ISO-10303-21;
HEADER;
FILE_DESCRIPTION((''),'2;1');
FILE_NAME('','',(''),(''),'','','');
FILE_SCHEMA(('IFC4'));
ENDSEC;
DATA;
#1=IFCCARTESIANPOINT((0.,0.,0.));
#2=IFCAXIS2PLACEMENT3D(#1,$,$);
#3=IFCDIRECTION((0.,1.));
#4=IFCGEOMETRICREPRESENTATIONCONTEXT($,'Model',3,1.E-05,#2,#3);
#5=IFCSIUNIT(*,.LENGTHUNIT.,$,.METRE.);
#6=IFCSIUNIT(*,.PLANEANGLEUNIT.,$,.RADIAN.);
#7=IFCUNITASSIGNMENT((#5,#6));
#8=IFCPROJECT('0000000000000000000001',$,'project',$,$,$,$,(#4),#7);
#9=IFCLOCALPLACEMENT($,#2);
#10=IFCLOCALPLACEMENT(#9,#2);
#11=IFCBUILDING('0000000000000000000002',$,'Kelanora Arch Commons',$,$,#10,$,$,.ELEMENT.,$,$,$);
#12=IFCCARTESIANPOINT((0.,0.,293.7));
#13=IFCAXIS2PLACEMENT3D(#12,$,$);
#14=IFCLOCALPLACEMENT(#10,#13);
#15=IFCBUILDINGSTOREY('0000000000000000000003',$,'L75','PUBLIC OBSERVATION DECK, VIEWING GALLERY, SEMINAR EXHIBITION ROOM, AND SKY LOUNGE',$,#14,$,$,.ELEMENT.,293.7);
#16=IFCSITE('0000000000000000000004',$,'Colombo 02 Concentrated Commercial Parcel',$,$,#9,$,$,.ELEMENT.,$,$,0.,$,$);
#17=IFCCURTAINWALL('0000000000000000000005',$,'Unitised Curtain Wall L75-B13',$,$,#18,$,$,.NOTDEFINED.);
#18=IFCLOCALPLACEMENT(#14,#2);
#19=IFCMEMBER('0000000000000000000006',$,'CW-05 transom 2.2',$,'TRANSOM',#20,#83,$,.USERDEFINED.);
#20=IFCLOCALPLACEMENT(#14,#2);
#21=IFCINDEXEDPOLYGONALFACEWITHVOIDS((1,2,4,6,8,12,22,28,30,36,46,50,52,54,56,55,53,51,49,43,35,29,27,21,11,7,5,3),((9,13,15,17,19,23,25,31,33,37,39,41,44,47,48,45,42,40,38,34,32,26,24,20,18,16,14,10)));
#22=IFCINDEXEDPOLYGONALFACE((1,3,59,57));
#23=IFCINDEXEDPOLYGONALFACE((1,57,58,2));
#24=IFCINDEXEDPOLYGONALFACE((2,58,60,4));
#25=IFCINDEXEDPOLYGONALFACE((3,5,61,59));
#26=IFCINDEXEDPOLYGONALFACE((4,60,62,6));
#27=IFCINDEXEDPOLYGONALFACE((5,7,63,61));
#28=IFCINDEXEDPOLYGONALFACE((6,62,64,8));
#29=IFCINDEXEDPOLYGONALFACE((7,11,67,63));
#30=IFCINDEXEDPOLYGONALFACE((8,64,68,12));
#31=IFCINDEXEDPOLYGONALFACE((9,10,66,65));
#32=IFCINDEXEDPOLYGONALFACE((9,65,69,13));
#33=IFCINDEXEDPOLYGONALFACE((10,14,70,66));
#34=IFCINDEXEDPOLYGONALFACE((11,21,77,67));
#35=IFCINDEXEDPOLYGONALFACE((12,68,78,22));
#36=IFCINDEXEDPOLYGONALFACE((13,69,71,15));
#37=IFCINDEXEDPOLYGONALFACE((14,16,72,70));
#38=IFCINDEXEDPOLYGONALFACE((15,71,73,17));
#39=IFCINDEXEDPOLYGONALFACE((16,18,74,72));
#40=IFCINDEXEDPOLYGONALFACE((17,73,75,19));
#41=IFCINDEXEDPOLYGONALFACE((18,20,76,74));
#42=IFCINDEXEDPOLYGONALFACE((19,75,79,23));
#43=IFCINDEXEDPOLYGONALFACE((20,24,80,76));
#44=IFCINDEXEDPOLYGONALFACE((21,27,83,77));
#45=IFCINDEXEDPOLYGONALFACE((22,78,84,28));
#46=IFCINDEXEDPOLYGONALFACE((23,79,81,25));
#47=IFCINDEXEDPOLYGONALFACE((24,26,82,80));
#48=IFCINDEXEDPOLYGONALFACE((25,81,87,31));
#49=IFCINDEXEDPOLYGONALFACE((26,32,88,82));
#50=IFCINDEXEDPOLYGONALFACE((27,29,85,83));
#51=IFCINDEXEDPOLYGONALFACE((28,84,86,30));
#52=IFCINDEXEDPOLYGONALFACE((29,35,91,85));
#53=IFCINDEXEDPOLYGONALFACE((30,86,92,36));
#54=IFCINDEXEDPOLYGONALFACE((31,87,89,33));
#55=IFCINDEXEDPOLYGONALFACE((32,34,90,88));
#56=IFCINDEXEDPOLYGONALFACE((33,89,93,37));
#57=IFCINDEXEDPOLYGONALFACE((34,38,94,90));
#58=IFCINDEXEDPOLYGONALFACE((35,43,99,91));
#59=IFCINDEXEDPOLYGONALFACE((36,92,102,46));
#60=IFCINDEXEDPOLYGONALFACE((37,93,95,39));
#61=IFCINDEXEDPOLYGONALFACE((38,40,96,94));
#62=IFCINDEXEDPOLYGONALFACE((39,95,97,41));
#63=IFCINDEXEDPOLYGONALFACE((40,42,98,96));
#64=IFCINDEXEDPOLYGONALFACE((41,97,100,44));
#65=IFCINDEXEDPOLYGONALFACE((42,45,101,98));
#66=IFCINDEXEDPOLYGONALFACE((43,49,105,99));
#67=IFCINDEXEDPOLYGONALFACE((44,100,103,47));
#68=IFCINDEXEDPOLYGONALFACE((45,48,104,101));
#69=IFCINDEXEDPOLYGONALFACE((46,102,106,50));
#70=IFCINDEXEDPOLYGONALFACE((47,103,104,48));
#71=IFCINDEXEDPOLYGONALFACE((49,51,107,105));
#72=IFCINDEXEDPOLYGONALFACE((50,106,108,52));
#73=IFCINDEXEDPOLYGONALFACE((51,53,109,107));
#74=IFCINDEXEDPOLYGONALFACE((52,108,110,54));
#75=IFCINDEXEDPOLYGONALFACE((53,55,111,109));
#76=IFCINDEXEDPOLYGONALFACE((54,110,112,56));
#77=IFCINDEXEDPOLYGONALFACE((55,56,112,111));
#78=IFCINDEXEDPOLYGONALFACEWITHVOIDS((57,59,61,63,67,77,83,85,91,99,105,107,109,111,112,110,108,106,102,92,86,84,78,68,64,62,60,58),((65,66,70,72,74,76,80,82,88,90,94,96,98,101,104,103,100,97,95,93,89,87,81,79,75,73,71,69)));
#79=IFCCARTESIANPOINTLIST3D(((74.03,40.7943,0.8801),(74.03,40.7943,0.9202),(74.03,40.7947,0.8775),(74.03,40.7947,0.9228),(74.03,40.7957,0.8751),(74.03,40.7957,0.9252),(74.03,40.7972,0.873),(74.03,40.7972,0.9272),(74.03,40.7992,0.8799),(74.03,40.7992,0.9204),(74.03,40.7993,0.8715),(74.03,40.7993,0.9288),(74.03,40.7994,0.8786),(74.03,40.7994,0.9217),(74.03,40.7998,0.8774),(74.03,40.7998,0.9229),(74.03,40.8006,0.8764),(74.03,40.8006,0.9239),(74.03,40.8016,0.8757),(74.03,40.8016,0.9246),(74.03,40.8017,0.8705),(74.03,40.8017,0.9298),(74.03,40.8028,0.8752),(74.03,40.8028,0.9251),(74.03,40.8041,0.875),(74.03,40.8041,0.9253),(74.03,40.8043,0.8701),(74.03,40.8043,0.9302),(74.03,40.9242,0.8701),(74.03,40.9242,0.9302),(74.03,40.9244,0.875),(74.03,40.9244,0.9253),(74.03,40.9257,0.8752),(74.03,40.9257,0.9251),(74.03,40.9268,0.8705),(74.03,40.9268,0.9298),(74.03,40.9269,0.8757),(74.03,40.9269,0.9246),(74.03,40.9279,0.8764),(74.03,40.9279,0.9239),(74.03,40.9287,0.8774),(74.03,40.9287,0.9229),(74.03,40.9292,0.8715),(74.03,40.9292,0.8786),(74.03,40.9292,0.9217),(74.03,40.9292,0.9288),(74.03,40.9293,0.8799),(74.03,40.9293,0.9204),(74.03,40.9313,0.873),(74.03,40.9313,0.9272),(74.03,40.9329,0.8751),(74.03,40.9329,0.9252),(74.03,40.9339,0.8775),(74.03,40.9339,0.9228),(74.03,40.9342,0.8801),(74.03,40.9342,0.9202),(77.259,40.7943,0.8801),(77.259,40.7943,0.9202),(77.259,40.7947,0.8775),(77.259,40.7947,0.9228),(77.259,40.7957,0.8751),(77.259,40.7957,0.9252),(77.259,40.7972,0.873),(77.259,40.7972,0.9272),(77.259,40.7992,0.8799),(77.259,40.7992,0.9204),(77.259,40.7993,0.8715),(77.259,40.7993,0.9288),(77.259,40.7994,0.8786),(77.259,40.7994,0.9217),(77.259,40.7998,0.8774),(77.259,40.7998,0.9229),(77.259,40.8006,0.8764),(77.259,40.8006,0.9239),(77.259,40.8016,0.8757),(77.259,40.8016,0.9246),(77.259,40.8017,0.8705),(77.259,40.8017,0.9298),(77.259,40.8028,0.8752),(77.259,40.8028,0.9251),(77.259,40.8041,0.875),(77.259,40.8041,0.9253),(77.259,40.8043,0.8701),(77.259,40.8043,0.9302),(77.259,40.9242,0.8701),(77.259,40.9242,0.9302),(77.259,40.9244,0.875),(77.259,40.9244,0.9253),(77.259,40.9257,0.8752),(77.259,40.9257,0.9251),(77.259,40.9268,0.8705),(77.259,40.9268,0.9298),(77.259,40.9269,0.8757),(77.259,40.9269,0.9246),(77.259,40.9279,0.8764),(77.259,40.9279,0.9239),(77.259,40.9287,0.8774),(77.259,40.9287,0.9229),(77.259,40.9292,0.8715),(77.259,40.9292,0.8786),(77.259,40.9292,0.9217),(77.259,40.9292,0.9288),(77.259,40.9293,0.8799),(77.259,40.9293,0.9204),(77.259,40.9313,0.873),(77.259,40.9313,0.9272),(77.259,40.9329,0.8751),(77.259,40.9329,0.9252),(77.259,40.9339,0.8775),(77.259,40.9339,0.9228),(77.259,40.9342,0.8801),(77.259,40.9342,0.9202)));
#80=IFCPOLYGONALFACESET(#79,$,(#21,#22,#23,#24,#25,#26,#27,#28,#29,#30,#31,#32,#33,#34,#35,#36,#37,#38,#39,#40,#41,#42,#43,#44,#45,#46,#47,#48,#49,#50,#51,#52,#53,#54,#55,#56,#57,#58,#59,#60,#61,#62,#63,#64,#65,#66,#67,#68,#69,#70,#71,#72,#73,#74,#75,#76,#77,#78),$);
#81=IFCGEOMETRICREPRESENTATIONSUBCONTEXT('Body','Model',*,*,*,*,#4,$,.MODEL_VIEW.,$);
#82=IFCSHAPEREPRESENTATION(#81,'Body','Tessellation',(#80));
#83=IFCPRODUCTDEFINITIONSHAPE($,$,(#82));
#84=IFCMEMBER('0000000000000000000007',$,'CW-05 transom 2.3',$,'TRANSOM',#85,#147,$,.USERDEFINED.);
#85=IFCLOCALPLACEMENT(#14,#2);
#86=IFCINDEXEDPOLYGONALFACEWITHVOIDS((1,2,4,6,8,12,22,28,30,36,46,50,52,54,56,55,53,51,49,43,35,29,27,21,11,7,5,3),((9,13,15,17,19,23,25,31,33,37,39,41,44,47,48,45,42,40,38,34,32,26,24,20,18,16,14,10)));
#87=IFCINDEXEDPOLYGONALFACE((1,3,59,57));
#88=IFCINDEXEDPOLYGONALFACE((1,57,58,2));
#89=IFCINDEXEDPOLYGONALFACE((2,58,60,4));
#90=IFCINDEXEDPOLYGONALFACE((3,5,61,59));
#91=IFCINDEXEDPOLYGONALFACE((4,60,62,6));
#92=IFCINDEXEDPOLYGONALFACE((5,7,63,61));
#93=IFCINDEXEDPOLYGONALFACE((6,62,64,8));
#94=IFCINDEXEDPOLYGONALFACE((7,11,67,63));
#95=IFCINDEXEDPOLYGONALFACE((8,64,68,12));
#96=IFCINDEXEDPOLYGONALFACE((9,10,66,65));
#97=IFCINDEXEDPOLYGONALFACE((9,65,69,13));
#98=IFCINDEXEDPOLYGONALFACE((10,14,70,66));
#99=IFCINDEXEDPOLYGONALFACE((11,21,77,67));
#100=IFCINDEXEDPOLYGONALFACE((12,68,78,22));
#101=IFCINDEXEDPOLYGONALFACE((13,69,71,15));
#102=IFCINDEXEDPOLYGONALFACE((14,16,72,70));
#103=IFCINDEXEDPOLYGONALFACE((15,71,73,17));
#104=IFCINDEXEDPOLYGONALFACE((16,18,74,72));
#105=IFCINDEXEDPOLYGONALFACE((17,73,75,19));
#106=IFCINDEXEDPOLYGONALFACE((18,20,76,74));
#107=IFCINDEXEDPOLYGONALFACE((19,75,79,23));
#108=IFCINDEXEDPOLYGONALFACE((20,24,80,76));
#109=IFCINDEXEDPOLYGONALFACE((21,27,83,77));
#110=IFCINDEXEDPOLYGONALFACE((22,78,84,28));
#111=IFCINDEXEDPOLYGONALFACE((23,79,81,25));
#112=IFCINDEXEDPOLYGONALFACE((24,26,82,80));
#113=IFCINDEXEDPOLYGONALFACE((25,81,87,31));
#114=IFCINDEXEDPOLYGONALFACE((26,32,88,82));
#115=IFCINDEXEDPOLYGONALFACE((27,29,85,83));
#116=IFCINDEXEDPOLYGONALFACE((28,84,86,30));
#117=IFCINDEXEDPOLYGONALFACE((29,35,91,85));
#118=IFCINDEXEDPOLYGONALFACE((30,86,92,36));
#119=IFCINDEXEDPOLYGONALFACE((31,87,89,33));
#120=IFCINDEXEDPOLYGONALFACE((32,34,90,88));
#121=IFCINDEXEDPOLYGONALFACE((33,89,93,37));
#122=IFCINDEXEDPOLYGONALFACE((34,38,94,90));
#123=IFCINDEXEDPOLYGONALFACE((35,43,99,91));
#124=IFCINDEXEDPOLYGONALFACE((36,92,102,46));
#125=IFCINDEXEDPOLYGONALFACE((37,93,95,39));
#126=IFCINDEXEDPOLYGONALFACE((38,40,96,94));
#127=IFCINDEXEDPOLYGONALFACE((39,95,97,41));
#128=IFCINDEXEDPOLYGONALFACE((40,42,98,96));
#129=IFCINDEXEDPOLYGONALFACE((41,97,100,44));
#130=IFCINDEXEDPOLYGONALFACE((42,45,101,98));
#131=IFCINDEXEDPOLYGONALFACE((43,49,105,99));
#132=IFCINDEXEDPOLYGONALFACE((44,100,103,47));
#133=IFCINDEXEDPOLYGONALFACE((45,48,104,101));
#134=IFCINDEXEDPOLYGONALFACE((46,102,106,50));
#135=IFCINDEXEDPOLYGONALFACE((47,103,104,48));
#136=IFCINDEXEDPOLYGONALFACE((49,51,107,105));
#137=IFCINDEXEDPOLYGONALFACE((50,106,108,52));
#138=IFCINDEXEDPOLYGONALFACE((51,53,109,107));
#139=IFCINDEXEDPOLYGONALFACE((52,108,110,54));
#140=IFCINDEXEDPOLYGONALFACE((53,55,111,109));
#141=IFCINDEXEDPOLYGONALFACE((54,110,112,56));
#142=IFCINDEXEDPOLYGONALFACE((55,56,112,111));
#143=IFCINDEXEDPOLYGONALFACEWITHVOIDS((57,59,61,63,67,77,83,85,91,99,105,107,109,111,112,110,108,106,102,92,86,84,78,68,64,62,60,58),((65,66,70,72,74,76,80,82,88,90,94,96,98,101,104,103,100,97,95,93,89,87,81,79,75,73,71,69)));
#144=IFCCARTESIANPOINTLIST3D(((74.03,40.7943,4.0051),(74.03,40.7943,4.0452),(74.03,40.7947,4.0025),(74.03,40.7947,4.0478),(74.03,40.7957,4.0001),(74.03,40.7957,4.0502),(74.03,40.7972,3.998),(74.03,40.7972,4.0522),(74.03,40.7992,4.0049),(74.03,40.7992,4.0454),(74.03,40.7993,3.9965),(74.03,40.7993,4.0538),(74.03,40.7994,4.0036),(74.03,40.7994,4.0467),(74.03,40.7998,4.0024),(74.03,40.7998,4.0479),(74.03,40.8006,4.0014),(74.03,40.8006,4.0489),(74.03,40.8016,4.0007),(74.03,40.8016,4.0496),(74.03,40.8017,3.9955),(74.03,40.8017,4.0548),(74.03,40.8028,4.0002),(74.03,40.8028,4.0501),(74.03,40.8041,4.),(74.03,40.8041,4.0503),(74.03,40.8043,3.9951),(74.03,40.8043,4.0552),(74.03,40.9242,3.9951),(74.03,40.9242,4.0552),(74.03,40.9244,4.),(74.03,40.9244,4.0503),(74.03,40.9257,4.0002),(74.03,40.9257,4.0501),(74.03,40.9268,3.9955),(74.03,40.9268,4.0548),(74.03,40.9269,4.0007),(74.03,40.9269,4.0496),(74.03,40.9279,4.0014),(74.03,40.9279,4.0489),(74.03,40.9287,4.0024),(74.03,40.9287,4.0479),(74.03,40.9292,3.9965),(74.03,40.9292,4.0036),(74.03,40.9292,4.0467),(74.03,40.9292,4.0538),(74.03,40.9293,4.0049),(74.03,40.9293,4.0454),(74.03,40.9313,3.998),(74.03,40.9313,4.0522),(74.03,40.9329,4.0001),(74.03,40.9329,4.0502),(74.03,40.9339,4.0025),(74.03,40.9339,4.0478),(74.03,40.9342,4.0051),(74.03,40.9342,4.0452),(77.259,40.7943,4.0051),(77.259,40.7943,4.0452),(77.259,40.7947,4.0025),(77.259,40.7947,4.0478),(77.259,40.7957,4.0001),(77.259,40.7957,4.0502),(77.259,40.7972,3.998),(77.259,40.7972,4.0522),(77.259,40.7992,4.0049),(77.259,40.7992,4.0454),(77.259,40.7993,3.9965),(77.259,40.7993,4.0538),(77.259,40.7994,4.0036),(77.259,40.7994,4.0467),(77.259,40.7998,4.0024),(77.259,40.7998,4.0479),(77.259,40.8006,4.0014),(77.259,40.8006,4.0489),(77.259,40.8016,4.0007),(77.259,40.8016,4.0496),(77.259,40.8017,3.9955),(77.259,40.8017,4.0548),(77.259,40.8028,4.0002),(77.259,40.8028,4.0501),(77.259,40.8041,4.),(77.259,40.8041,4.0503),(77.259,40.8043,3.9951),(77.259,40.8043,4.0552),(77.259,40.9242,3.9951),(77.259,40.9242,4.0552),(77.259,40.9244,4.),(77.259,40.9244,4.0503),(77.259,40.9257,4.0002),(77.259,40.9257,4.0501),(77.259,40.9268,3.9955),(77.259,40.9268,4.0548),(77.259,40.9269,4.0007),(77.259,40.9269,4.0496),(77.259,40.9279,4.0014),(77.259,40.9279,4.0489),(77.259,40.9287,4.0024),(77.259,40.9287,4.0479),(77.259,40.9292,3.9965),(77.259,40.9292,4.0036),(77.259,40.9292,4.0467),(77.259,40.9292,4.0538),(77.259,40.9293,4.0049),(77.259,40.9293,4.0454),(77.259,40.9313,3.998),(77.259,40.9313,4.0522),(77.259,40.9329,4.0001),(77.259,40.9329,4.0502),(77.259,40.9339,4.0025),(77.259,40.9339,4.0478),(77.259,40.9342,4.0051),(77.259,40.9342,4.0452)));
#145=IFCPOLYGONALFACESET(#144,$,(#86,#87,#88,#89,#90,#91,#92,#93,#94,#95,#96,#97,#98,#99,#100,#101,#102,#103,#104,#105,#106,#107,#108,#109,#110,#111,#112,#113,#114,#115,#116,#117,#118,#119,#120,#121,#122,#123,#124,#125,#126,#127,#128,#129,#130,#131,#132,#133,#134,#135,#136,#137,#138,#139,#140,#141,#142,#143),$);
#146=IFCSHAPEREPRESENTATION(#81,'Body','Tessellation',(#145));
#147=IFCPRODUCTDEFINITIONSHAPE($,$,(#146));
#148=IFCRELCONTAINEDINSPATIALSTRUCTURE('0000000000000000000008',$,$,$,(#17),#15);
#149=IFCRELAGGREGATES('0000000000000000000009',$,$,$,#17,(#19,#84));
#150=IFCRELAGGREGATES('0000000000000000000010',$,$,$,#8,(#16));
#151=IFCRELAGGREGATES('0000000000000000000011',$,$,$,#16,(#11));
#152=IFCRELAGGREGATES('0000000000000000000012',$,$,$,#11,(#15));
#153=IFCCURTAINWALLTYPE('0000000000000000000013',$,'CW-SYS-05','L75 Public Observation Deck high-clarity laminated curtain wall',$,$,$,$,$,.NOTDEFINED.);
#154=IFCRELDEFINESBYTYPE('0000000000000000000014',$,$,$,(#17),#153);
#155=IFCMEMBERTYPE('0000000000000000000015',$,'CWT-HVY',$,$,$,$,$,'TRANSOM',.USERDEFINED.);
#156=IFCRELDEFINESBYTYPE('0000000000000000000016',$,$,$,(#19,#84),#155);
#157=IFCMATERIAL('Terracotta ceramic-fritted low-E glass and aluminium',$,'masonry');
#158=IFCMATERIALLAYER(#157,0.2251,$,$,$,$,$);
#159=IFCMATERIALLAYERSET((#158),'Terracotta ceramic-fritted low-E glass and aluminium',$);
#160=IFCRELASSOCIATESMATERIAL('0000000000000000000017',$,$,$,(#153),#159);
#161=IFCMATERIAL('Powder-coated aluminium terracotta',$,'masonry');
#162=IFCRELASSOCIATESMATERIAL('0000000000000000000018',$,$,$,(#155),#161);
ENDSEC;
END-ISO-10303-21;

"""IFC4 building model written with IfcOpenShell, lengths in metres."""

from ifc_helpers import new_model, si_unit, direction, frame, origin, origin_2d, place, context, subcontext, project, spatial, hollow_rectangle, extrude, material, layer, layer_set, material_profile, profile_set, type_object, element, aggregate, save


model = new_model("IFC4")

# Units and contexts
model_context = context("Model", 3, precision=1e-05, world=origin(), true_north=direction((0.0, 1.0)))
body_context = subcontext(model_context, "Body", "Model", "MODEL_VIEW")
ifc_project = project(units=[si_unit("LENGTHUNIT", "METRE"), si_unit("PLANEANGLEUNIT", "RADIAN")], contexts=[model_context])

# Site, building, storey
site_placement = place(None, origin())
site = spatial("IfcSite", under=ifc_project, at=site_placement, Name="Colombo 02 Concentrated Commercial Parcel", CompositionType="ELEMENT", RefElevation=0.0)
building_placement = place(site_placement, origin())
building = spatial("IfcBuilding", under=site, at=building_placement, Name="Kelanora Arch Commons", CompositionType="ELEMENT")
storey_placement = place(building_placement, frame((0.0, 0.0, 293.7)))
storey = spatial("IfcBuildingStorey", under=building, at=storey_placement, Name="L75", Description="PUBLIC OBSERVATION DECK, VIEWING GALLERY, SEMINAR EXHIBITION ROOM, AND SKY LOUNGE", CompositionType="ELEMENT", Elevation=293.7)

# Curtain wall
ifc_material_1 = material(Name="Terracotta ceramic-fritted low-E glass and aluminium", Category="masonry")
ifc_layer_1 = layer(ifc_material_1, 0.2251)
ifc_layer_set_1 = layer_set([ifc_layer_1], Name="Terracotta ceramic-fritted low-E glass and aluminium")
curtain_wall_type = type_object("IfcCurtainWallType", Name="CW-SYS-05", Description="L75 Public Observation Deck high-clarity laminated curtain wall", PredefinedType="NOTDEFINED", material=ifc_layer_set_1)
curtain_wall_1_placement = place(storey_placement, origin())
curtain_wall_1 = element("IfcCurtainWall", 1, at=curtain_wall_1_placement, inside=storey, type_object=curtain_wall_type, Name="Unitised Curtain Wall L75-B13", PredefinedType="NOTDEFINED")
ifc_material_2 = material(Name="Powder-coated aluminium terracotta", Category="masonry")

# Members
ifc_material_profile_1 = material_profile(ifc_material_2, hollow_rectangle(XDim=0.1399, YDim=0.0601, WallThickness=0.0049, InnerFilletRadius=0.0049, OuterFilletRadius=0.01, at=origin_2d()), Name="CWT140x60")
ifc_profile_set_1 = profile_set([ifc_material_profile_1], Name="Powder-coated aluminium terracotta")
member_type_1 = type_object("IfcMemberType", Name="CWT-HVY", ElementType="TRANSOM", PredefinedType="USERDEFINED", material=ifc_profile_set_1)
member_1_placement = place(storey_placement, frame((74.03, 40.8643, 0.9001), z_axis=(1.0, 0.0, 0.0), x_axis=(0.0, 1.0, 0.0)))
member_1 = element("IfcMember", 2, at=member_1_placement, type_object=member_type_1, Name="CW-05 transom 2.2", ObjectType="TRANSOM", PredefinedType="USERDEFINED", context=body_context, shape_type="SweptSolid", body=[
    extrude(hollow_rectangle(XDim=0.1399, YDim=0.0601, WallThickness=0.0049, InnerFilletRadius=0.0049, OuterFilletRadius=0.01, at=origin_2d()), origin(), (0.0, 0.0, 1.0), 3.229),
])
member_2_placement = place(storey_placement, frame((74.03, 40.8643, 4.0251), z_axis=(1.0, 0.0, 0.0), x_axis=(0.0, 1.0, 0.0)))
member_2 = element("IfcMember", 3, at=member_2_placement, type_object=member_type_1, Name="CW-05 transom 2.3", ObjectType="TRANSOM", PredefinedType="USERDEFINED", context=body_context, shape_type="SweptSolid", body=[
    extrude(hollow_rectangle(XDim=0.1399, YDim=0.0601, WallThickness=0.0049, InnerFilletRadius=0.0049, OuterFilletRadius=0.01, at=origin_2d()), origin(), (0.0, 0.0, 1.0), 3.229),
])

aggregate(curtain_wall_1, [member_1, member_2])

save(model, "model.ifc")
